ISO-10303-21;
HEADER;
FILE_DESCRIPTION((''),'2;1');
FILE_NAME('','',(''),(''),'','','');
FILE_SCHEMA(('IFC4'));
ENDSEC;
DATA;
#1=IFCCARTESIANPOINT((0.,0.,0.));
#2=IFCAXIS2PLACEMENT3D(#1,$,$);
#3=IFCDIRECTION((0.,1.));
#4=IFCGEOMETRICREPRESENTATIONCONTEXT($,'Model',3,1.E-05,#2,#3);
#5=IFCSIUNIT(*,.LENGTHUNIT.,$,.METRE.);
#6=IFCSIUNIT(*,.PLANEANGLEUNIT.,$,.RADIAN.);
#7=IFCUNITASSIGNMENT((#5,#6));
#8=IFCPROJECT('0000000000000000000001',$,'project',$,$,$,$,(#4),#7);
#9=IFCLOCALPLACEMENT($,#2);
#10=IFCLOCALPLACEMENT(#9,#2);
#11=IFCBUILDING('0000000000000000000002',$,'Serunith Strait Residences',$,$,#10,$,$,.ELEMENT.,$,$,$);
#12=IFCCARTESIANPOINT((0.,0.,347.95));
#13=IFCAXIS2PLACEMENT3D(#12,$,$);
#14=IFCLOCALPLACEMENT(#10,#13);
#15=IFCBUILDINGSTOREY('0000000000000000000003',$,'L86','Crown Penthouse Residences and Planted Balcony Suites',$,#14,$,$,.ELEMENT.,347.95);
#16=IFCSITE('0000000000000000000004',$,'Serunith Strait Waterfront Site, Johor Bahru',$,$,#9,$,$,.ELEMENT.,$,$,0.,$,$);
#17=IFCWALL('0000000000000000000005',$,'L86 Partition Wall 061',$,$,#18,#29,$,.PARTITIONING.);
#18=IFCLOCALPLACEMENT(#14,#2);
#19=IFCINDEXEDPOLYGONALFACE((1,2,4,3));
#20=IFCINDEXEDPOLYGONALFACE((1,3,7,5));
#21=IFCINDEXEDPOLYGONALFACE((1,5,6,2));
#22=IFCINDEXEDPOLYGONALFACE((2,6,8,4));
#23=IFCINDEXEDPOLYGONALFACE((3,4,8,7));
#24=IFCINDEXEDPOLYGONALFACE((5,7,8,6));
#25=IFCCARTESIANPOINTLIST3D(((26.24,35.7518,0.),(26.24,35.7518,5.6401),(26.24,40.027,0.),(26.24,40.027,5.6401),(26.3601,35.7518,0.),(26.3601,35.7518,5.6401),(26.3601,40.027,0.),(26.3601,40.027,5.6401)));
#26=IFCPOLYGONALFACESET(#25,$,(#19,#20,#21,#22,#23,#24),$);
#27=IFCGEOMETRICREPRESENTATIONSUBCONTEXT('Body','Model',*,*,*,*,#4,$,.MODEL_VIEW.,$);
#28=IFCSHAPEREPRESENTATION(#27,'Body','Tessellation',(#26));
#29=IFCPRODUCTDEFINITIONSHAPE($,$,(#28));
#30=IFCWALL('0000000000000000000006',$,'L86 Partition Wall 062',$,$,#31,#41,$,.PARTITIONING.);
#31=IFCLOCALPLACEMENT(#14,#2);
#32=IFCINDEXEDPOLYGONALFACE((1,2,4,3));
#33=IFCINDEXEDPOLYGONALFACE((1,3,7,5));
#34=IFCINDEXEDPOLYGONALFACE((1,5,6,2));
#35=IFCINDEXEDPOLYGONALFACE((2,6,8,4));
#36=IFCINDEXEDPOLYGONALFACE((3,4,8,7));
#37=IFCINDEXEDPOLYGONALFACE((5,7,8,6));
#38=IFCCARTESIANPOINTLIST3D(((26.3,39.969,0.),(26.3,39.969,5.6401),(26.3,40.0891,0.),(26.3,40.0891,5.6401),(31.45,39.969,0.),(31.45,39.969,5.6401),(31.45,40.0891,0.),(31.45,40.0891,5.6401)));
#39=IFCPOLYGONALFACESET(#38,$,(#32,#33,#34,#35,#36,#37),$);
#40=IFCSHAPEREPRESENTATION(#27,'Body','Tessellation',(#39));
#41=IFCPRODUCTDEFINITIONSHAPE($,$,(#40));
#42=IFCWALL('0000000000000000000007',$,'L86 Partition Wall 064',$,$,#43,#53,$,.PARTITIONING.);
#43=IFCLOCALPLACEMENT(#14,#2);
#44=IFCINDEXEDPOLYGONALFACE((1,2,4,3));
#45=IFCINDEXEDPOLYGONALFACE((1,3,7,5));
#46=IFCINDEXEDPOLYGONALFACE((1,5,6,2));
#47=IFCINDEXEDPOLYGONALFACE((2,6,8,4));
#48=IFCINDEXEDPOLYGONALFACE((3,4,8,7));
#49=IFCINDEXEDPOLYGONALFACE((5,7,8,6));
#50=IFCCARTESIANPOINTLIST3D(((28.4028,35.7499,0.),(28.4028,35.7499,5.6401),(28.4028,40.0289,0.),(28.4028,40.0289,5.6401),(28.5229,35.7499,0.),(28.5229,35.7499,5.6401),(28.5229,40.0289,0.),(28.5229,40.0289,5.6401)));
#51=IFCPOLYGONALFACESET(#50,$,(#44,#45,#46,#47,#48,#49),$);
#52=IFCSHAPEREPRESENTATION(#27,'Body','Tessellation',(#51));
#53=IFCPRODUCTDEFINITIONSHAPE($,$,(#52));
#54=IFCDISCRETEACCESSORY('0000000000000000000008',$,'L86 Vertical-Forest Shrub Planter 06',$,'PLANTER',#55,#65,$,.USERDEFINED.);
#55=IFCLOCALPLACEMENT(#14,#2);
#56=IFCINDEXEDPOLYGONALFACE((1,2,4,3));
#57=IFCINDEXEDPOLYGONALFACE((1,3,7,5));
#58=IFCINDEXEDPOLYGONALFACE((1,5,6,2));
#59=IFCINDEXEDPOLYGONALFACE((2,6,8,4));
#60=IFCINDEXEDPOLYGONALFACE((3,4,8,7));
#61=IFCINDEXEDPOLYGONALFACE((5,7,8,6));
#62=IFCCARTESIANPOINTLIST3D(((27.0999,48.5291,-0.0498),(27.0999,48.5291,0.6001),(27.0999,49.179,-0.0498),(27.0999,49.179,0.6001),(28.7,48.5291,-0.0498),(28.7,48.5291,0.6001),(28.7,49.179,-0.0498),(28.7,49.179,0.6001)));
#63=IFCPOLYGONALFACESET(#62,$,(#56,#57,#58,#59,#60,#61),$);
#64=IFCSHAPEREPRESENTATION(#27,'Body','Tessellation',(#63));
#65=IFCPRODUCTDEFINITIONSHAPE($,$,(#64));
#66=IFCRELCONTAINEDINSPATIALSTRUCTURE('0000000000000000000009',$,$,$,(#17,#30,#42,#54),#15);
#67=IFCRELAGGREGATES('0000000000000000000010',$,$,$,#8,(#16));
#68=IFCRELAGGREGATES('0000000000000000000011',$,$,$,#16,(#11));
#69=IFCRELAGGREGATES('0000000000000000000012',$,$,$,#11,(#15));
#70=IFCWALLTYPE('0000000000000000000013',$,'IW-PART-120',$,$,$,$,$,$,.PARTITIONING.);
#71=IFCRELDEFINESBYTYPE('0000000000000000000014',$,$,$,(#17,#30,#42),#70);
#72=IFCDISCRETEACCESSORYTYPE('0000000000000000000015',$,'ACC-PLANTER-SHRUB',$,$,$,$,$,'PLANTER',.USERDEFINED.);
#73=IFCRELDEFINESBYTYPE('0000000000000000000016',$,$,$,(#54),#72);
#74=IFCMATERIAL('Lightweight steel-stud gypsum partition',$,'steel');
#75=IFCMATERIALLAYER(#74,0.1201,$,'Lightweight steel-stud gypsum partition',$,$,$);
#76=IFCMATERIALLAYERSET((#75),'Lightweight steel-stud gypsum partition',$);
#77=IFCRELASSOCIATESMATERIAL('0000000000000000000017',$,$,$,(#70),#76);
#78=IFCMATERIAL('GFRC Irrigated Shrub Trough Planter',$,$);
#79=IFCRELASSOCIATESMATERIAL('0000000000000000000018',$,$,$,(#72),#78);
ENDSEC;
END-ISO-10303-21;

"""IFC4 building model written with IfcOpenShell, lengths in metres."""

from ifc_helpers import new_model, si_unit, direction, frame, frame_2d, origin, origin_2d, place, context, subcontext, project, spatial, rectangle, extrude, source, transform, mapped, material, layer, layer_set, type_object, element, save


model = new_model("IFC4")

# Units and contexts
model_context = context("Model", 3, precision=1e-05, world=origin(), true_north=direction((0.0, 1.0)))
body_context = subcontext(model_context, "Body", "Model", "MODEL_VIEW")
ifc_project = project(units=[si_unit("LENGTHUNIT", "METRE"), si_unit("PLANEANGLEUNIT", "RADIAN")], contexts=[model_context])

# Site, building, storey
site_placement = place(None, origin())
site = spatial("IfcSite", under=ifc_project, at=site_placement, Name="Serunith Strait Waterfront Site, Johor Bahru", CompositionType="ELEMENT", RefElevation=0.0)
building_placement = place(site_placement, origin())
building = spatial("IfcBuilding", under=site, at=building_placement, Name="Serunith Strait Residences", CompositionType="ELEMENT")
storey_placement = place(building_placement, frame((0.0, 0.0, 347.95)))
storey = spatial("IfcBuildingStorey", under=building, at=storey_placement, Name="L86", Description="Crown Penthouse Residences and Planted Balcony Suites", CompositionType="ELEMENT", Elevation=347.95)

# Shared definitions
ifc_material_1 = material(Name="Lightweight steel-stud gypsum partition", Category="steel")
ifc_layer_1 = layer(ifc_material_1, 0.1201, Name="Lightweight steel-stud gypsum partition")
ifc_layer_set_1 = layer_set([ifc_layer_1], Name="Lightweight steel-stud gypsum partition")
wall_type = type_object("IfcWallType", Name="IW-PART-120", PredefinedType="PARTITIONING", material=ifc_layer_set_1)

# Walls
wall_1_placement = place(storey_placement, frame((26.3, 40.0271, 0.0), z_axis=(0.0, 0.0, 1.0), x_axis=(0.0, -1.0, 0.0)))
element("IfcWall", 1, at=wall_1_placement, inside=storey, type_object=wall_type, Name="L86 Partition Wall 061", PredefinedType="PARTITIONING", context=body_context, shape_type="SweptSolid", body=[
    extrude(rectangle(XDim=4.2751, YDim=0.1201, at=frame_2d((2.1377, 0.0))), origin(), (0.0, 0.0, 1.0), 5.6401),
])
wall_2_placement = place(storey_placement, frame((26.3, 40.0291, 0.0), z_axis=(0.0, 0.0, 1.0), x_axis=(1.0, 0.0, 0.0)))
element("IfcWall", 2, at=wall_2_placement, inside=storey, type_object=wall_type, Name="L86 Partition Wall 062", PredefinedType="PARTITIONING", context=body_context, shape_type="SweptSolid", body=[
    extrude(rectangle(XDim=5.1499, YDim=0.1201, at=frame_2d((2.575, 0.0))), origin(), (0.0, 0.0, 1.0), 5.6401),
])
wall_3_placement = place(storey_placement, frame((28.4629, 40.0291, 0.0), z_axis=(0.0, 0.0, 1.0), x_axis=(0.0, -1.0, 0.0)))
element("IfcWall", 3, at=wall_3_placement, inside=storey, type_object=wall_type, Name="L86 Partition Wall 064", PredefinedType="PARTITIONING", context=body_context, shape_type="SweptSolid", body=[
    extrude(rectangle(XDim=4.2791, YDim=0.1201, at=frame_2d((2.1396, 0.0))), origin(), (0.0, 0.0, 1.0), 5.6401),
])

# Discrete accessory
ifc_material_2 = material(Name="GFRC Irrigated Shrub Trough Planter")
discrete_accessory_type = type_object("IfcDiscreteAccessoryType", Name="ACC-PLANTER-SHRUB", ElementType="PLANTER", PredefinedType="USERDEFINED", material=ifc_material_2)
shared_shape_1 = source(origin(), body_context, "Body", "SweptSolid", [
    extrude(rectangle(XDim=1.6001, YDim=0.6499, at=origin_2d()), origin(), (0.0, 0.0, 1.0), 0.6499),
])
discrete_accessory_placement = place(storey_placement, frame((27.8999, 48.854, -0.0498), z_axis=(0.0, 0.0, 1.0), x_axis=(-1.0, 0.0, 0.0)))
element("IfcDiscreteAccessory", 4, at=discrete_accessory_placement, inside=storey, type_object=discrete_accessory_type, Name="L86 Vertical-Forest Shrub Planter 06", ObjectType="PLANTER", PredefinedType="USERDEFINED", context=body_context, shape_type="MappedRepresentation", body=[
    mapped(shared_shape_1, transform((0.0, 0.0, 0.0), scale=1.0)),
])

save(model, "model.ifc")
